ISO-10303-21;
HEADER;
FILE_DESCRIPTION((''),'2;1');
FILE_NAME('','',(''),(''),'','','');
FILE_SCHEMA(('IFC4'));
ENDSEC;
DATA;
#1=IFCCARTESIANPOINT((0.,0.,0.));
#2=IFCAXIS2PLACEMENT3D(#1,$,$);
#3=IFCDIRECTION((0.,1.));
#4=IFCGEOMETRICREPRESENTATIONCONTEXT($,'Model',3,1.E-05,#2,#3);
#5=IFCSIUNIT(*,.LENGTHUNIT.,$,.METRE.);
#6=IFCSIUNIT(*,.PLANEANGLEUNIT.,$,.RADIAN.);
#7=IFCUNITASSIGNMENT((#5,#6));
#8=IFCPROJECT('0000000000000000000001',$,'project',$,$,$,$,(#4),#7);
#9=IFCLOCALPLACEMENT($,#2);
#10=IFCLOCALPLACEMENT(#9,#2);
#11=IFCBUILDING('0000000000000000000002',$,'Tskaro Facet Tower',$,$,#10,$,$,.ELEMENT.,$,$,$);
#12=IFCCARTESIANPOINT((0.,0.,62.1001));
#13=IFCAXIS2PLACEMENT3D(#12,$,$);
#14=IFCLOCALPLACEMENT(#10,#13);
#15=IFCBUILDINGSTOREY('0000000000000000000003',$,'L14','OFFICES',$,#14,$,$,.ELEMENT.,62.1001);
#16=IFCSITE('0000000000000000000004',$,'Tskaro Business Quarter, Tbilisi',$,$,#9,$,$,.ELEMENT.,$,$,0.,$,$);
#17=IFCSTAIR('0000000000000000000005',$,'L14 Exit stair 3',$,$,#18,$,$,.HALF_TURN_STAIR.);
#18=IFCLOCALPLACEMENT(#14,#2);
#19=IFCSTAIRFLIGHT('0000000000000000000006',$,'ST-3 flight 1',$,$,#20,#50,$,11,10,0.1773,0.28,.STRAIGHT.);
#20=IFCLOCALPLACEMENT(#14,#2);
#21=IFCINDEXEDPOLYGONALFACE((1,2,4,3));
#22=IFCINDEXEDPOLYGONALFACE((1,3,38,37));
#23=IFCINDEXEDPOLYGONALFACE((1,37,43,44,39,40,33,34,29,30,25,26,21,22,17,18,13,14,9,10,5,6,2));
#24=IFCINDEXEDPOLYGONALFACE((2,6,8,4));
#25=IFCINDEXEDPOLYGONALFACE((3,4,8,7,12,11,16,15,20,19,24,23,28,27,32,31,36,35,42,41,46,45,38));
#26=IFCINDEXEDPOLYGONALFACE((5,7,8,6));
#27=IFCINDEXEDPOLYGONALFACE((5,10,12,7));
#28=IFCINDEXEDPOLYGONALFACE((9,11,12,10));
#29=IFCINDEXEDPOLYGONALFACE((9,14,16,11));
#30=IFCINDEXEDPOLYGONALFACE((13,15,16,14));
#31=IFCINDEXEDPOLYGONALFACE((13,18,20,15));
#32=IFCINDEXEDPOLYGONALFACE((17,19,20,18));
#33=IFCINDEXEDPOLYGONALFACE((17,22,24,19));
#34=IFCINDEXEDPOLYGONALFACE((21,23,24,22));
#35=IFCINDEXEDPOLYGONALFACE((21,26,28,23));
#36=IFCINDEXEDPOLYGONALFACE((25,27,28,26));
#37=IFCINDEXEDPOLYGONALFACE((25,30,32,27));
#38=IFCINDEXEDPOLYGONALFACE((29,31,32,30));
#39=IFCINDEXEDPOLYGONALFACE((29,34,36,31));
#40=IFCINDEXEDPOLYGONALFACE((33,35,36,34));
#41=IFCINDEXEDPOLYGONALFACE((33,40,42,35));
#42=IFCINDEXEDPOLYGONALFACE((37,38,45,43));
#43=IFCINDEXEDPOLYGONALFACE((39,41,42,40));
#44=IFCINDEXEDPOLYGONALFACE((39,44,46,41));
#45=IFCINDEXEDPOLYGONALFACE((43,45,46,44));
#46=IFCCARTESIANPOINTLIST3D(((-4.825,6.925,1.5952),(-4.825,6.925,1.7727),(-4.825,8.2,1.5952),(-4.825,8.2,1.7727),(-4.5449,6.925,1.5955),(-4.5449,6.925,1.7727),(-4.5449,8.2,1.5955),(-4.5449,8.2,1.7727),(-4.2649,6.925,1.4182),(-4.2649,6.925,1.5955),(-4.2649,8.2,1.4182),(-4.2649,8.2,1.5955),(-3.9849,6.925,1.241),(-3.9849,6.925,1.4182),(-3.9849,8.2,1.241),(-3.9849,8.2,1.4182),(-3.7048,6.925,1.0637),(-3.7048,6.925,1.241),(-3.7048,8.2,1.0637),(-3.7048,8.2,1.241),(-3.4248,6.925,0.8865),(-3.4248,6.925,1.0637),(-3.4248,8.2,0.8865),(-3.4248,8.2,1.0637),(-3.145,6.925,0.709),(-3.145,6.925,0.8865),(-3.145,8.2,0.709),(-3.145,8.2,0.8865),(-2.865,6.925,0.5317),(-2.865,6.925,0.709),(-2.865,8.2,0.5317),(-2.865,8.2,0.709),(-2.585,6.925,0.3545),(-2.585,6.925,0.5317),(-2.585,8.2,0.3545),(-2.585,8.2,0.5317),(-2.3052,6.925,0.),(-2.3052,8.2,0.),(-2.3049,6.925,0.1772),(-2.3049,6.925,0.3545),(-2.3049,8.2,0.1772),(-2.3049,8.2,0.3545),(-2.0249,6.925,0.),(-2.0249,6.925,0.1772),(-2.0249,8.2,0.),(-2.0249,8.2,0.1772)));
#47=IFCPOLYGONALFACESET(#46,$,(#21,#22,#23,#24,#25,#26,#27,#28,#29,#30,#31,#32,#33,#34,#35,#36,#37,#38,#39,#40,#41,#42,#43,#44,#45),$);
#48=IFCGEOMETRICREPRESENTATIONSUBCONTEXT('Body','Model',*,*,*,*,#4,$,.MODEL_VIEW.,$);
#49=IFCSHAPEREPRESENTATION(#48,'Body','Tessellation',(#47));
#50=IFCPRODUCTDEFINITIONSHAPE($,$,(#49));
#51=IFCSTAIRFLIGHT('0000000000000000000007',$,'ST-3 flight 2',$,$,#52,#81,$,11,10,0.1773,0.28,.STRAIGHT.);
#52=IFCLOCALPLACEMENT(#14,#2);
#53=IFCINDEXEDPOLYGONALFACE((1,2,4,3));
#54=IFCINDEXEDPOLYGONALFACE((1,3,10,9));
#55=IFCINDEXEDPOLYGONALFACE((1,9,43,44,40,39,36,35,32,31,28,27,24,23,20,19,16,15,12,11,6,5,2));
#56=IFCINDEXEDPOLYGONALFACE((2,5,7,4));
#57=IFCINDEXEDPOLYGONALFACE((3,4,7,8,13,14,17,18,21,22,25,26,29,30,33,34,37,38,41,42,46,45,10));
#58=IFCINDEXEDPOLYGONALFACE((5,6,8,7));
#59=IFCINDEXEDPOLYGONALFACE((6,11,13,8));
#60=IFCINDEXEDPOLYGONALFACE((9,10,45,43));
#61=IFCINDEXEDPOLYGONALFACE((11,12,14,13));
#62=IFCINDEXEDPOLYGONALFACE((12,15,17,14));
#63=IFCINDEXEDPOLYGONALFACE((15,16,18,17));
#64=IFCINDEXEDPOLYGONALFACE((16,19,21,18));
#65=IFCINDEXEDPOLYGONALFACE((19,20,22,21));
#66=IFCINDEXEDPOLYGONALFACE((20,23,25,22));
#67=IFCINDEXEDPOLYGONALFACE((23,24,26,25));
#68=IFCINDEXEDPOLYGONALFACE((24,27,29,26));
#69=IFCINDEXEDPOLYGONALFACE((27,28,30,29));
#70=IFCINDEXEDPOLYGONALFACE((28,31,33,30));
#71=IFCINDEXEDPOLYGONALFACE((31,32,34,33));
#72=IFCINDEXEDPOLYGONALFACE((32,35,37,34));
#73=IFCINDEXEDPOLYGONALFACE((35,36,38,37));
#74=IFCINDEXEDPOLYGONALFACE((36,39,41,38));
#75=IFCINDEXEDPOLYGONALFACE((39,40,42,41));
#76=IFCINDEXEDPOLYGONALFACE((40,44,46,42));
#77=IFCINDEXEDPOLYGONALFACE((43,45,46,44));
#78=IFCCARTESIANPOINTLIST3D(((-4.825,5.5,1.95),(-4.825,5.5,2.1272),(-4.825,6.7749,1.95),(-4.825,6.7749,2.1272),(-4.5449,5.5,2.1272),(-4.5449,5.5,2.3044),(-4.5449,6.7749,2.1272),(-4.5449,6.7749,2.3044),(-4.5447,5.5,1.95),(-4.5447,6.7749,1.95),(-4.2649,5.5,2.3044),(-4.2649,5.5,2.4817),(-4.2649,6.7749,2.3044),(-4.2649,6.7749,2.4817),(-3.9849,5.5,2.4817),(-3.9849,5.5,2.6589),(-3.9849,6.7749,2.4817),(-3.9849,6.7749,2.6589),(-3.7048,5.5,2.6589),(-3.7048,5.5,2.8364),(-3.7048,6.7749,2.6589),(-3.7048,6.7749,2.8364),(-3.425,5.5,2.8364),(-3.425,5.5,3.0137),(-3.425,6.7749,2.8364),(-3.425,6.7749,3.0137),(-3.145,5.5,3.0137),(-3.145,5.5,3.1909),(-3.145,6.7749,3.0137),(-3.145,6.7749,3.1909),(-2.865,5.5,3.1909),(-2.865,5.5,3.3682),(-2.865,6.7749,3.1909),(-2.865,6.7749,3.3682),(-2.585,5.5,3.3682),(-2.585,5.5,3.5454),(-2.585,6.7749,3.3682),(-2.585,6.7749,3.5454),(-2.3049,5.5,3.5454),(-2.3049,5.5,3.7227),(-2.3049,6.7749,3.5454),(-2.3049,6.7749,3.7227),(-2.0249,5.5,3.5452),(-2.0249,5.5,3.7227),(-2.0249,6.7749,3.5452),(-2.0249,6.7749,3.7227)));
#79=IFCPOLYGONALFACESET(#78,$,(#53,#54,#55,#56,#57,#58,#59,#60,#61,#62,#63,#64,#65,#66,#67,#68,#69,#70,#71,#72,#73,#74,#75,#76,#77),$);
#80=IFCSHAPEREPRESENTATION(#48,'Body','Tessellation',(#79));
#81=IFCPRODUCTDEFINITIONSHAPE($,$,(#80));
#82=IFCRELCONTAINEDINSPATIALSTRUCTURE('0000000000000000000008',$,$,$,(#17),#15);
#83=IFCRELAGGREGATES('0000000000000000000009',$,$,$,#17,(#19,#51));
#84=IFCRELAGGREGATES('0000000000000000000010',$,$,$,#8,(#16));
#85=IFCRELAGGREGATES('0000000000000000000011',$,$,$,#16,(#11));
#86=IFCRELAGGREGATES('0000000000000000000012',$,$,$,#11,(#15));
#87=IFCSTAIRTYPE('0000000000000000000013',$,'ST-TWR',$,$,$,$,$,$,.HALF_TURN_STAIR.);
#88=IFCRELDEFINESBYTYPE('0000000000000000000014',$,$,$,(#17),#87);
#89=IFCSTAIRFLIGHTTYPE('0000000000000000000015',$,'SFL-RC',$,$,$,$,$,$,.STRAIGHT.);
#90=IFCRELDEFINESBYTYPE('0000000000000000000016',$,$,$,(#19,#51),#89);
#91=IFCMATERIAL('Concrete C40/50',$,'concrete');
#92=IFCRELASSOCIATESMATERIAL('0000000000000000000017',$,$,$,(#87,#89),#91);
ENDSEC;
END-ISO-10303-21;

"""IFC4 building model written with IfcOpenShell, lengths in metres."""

from ifc_helpers import new_model, si_unit, direction, frame, origin, place, context, subcontext, project, spatial, polyline, outline, extrude, material, type_object, element, aggregate, save


model = new_model("IFC4")

# Units and contexts
model_context = context("Model", 3, precision=1e-05, world=origin(), true_north=direction((0.0, 1.0)))
body_context = subcontext(model_context, "Body", "Model", "MODEL_VIEW")
ifc_project = project(units=[si_unit("LENGTHUNIT", "METRE"), si_unit("PLANEANGLEUNIT", "RADIAN")], contexts=[model_context])

# Site, building, storey
site_placement = place(None, origin())
site = spatial("IfcSite", under=ifc_project, at=site_placement, Name="Tskaro Business Quarter, Tbilisi", CompositionType="ELEMENT", RefElevation=0.0)
building_placement = place(site_placement, origin())
building = spatial("IfcBuilding", under=site, at=building_placement, Name="Tskaro Facet Tower", CompositionType="ELEMENT")
storey_placement = place(building_placement, frame((0.0, 0.0, 62.1001)))
storey = spatial("IfcBuildingStorey", under=building, at=storey_placement, Name="L14", Description="OFFICES", CompositionType="ELEMENT", Elevation=62.1001)

# Shared definitions
ifc_material_1 = material(Name="Concrete C40/50", Category="concrete")

# Stair, stair flights
stair_type = type_object("IfcStairType", Name="ST-TWR", PredefinedType="HALF_TURN_STAIR", material=ifc_material_1)
stair_placement = place(storey_placement, origin())
stair = element("IfcStair", 1, at=stair_placement, inside=storey, type_object=stair_type, Name="L14 Exit stair 3", PredefinedType="HALF_TURN_STAIR")
stair_flight_type = type_object("IfcStairFlightType", Name="SFL-RC", PredefinedType="STRAIGHT", material=ifc_material_1)
stair_flight_1_placement = place(storey_placement, frame((-2.0249, 7.5625, 0.0), z_axis=(0.0, 0.0, 1.0), x_axis=(-1.0, 0.0, 0.0)))
stair_flight_1 = element("IfcStairFlight", 2, at=stair_flight_1_placement, type_object=stair_flight_type, Name="ST-3 flight 1", NumberOfRisers=11, NumberOfTreads=10, PredefinedType="STRAIGHT", RiserHeight=0.1773, TreadLength=0.28, context=body_context, shape_type="SweptSolid", body=[
    extrude(outline(polyline([(0.0, 0.0), (0.0, 0.1772), (0.28, 0.1772), (0.28, 0.3545), (0.5601, 0.3545), (0.5601, 0.5317), (0.8401, 0.5317), (0.8401, 0.709), (1.1201, 0.709), (1.1201, 0.8865), (1.3999, 0.8865), (1.3999, 1.0637), (1.6799, 1.0637), (1.6799, 1.241), (1.96, 1.241), (1.96, 1.4182), (2.24, 1.4182), (2.24, 1.5955), (2.52, 1.5955), (2.52, 1.7727), (2.8, 1.7727), (2.8, 1.95), (2.8, 1.5952), (0.2803, 0.0), (0.0, 0.0)])), frame((0.0, 0.6375, 0.0), z_axis=(0.0, -1.0, 0.0), x_axis=(1.0, 0.0, 0.0)), (0.0, 0.0, 1.0), 1.2749),
])
stair_flight_2_placement = place(storey_placement, frame((-4.825, 6.1375, 1.95), z_axis=(0.0, 0.0, 1.0), x_axis=(1.0, 0.0, 0.0)))
stair_flight_2 = element("IfcStairFlight", 3, at=stair_flight_2_placement, type_object=stair_flight_type, Name="ST-3 flight 2", NumberOfRisers=11, NumberOfTreads=10, PredefinedType="STRAIGHT", RiserHeight=0.1773, TreadLength=0.28, context=body_context, shape_type="SweptSolid", body=[
    extrude(outline(polyline([(0.0, 0.0), (0.0, 0.1772), (0.28, 0.1772), (0.28, 0.3545), (0.5601, 0.3545), (0.5601, 0.5317), (0.8401, 0.5317), (0.8401, 0.709), (1.1201, 0.709), (1.1201, 0.8865), (1.3999, 0.8865), (1.3999, 1.0637), (1.6799, 1.0637), (1.6799, 1.241), (1.96, 1.241), (1.96, 1.4182), (2.24, 1.4182), (2.24, 1.5955), (2.52, 1.5955), (2.52, 1.7727), (2.8, 1.7727), (2.8, 1.95), (2.8, 1.5952), (0.2803, 0.0), (0.0, 0.0)])), frame((0.0, 0.6375, 0.0), z_axis=(0.0, -1.0, 0.0), x_axis=(1.0, 0.0, 0.0)), (0.0, 0.0, 1.0), 1.2749),
])
aggregate(stair, [stair_flight_1, stair_flight_2])

save(model, "model.ifc")
